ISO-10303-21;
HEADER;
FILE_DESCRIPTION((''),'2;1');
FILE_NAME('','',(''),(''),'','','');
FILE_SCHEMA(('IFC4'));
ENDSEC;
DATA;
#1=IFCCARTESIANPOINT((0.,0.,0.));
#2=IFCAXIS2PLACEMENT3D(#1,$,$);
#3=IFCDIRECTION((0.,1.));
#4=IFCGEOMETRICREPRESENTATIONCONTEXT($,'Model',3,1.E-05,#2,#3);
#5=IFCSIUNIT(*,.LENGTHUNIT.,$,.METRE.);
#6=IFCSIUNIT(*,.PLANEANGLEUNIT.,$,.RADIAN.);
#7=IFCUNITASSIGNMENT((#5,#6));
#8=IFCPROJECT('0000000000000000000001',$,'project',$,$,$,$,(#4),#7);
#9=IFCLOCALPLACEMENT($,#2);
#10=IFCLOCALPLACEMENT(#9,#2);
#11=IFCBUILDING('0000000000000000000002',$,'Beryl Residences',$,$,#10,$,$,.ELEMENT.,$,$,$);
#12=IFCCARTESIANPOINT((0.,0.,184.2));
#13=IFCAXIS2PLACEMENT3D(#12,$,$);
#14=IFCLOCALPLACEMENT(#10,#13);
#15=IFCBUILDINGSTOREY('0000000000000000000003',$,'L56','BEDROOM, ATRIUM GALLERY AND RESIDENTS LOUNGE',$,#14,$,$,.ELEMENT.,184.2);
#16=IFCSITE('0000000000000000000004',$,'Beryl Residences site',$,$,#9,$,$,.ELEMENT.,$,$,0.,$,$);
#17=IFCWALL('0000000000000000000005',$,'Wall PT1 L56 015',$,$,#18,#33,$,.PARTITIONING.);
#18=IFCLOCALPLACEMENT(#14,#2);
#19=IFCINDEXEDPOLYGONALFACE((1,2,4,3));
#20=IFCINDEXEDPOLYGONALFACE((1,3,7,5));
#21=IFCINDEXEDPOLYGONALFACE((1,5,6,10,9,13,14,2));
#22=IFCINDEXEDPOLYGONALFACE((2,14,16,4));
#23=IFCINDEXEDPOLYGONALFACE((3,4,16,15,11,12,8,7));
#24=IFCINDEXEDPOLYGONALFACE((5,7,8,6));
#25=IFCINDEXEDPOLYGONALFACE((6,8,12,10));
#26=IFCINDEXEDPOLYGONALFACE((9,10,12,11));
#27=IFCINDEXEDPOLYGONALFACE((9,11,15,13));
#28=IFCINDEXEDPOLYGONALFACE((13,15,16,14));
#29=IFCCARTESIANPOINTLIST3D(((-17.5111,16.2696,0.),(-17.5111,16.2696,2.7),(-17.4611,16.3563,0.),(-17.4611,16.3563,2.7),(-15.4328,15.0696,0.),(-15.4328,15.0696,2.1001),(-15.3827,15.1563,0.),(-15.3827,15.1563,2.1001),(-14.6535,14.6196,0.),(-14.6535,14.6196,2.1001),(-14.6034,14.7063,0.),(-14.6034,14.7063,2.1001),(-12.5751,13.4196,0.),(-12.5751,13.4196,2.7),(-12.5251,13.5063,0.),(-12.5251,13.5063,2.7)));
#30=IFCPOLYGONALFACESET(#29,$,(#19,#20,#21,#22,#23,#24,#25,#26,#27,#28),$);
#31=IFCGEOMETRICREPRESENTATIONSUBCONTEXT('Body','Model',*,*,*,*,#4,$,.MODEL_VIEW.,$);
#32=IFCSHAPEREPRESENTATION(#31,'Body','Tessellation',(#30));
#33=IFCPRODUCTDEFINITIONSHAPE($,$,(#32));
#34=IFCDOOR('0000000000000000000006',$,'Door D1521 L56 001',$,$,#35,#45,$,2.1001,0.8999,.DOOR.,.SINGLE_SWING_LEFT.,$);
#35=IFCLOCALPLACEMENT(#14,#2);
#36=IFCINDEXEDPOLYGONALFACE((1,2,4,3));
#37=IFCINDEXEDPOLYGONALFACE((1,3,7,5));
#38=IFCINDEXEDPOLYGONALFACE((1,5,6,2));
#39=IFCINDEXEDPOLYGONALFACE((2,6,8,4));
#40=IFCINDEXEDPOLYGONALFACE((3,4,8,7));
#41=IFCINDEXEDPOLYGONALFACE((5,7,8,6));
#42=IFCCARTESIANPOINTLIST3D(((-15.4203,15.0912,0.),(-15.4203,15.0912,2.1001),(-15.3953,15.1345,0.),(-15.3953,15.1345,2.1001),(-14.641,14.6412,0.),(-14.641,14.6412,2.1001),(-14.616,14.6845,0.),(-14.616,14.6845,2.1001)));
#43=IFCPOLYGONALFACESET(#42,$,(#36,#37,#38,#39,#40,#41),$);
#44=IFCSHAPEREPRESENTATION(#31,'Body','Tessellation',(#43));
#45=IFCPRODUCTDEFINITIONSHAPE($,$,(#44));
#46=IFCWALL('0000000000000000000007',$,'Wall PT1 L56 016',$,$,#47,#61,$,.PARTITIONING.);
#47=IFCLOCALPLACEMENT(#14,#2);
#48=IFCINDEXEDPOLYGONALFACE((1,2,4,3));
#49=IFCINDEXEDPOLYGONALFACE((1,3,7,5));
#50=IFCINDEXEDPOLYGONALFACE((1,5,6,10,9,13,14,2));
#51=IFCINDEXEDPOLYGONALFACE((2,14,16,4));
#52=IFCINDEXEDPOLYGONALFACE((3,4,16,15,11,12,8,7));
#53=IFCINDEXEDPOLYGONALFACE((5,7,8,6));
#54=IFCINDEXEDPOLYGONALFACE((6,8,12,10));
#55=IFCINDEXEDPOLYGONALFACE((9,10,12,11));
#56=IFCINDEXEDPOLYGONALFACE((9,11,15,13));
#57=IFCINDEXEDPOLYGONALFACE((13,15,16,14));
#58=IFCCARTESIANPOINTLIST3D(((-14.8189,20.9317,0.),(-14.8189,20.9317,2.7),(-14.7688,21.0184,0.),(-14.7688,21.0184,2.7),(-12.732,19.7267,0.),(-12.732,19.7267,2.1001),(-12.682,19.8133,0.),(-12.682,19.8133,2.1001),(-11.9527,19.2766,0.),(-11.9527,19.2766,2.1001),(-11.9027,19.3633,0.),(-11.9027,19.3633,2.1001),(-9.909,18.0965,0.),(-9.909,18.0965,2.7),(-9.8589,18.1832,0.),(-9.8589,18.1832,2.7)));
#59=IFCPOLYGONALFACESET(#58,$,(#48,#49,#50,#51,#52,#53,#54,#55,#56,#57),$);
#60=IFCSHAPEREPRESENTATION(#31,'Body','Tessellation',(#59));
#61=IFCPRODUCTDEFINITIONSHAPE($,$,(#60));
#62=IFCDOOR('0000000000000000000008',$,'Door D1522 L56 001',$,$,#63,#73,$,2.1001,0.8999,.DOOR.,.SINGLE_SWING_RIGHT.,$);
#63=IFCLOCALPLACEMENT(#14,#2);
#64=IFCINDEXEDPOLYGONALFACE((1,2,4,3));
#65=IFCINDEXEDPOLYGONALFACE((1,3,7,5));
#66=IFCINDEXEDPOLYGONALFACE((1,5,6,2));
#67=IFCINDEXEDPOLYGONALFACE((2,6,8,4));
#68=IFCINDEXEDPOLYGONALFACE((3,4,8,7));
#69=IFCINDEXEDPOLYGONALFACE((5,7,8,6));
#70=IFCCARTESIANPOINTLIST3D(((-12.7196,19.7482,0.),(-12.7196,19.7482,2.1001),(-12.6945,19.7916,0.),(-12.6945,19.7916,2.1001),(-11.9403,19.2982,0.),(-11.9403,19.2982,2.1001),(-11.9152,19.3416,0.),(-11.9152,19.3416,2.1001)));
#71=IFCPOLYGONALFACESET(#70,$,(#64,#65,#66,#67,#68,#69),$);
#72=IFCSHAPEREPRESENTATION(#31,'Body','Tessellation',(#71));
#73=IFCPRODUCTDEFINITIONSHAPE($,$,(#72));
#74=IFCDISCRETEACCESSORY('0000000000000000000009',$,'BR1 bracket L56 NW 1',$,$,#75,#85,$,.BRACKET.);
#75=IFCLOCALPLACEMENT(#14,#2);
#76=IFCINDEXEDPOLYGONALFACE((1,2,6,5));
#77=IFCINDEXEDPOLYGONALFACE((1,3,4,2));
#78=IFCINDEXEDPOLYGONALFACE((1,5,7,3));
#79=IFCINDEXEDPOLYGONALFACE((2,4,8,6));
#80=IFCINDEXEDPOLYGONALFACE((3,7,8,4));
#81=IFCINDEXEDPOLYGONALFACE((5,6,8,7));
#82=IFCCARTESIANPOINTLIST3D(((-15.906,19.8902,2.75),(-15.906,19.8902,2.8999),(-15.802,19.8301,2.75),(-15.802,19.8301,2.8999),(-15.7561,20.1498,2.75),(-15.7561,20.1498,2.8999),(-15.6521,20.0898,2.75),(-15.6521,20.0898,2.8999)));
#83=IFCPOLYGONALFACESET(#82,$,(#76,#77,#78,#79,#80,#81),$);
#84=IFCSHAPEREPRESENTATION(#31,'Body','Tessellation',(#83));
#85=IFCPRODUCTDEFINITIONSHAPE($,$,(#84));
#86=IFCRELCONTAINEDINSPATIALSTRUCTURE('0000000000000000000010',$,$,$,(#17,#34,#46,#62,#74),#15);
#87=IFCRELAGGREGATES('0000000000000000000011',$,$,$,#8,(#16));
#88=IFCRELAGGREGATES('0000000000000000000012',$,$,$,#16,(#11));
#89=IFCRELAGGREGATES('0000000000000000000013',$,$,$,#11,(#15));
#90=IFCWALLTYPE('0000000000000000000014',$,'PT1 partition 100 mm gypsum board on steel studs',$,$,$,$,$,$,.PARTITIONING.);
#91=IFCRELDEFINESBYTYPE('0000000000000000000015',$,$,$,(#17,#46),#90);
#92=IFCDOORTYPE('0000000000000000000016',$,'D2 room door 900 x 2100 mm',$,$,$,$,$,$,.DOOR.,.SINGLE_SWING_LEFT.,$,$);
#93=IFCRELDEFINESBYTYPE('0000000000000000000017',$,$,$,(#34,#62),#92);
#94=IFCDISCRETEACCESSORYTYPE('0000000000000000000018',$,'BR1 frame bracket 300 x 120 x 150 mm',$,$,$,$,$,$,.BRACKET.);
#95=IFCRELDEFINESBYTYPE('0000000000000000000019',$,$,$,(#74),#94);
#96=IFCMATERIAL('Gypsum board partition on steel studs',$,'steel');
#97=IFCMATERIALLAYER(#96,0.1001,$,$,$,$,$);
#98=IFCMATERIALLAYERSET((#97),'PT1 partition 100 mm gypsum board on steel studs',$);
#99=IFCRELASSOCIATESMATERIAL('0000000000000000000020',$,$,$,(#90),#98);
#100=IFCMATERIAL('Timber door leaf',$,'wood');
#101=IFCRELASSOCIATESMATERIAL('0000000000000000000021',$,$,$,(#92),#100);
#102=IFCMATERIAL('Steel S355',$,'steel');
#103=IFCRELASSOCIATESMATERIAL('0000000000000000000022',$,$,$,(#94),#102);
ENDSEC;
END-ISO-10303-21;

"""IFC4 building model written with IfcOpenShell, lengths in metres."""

from ifc_helpers import new_model, si_unit, direction, frame, frame_2d, origin, place, context, subcontext, project, spatial, polyline, rectangle, outline, extrude, source, transform, mapped, material, layer, layer_set, type_object, type_shapes, element, fill, save


model = new_model("IFC4")

# Units and contexts
model_context = context("Model", 3, precision=1e-05, world=origin(), true_north=direction((0.0, 1.0)))
body_context = subcontext(model_context, "Body", "Model", "MODEL_VIEW")
ifc_project = project(units=[si_unit("LENGTHUNIT", "METRE"), si_unit("PLANEANGLEUNIT", "RADIAN")], contexts=[model_context])

# Site, building, storey
site_placement = place(None, origin())
site = spatial("IfcSite", under=ifc_project, at=site_placement, Name="Beryl Residences site", CompositionType="ELEMENT", RefElevation=0.0)
building_placement = place(site_placement, origin())
building = spatial("IfcBuilding", under=site, at=building_placement, Name="Beryl Residences", CompositionType="ELEMENT")
storey_placement = place(building_placement, frame((0.0, 0.0, 184.2)))
storey = spatial("IfcBuildingStorey", under=building, at=storey_placement, Name="L56", Description="BEDROOM, ATRIUM GALLERY AND RESIDENTS LOUNGE", CompositionType="ELEMENT", Elevation=184.2)

# Walls, openings, doors
ifc_material_1 = material(Name="Gypsum board partition on steel studs", Category="steel")
ifc_layer_1 = layer(ifc_material_1, 0.1001)
ifc_layer_set_1 = layer_set([ifc_layer_1], Name="PT1 partition 100 mm gypsum board on steel studs")
wall_type_1 = type_object("IfcWallType", Name="PT1 partition 100 mm gypsum board on steel studs", PredefinedType="PARTITIONING", material=ifc_layer_set_1)
wall_1_placement = place(storey_placement, frame((-17.4861, 16.313, 0.0), z_axis=(0.0, 0.0, 1.0), x_axis=(0.866004, -0.500036, 0.0)))
wall_1 = element("IfcWall", 1, at=wall_1_placement, inside=storey, type_object=wall_type_1, Name="Wall PT1 L56 015", PredefinedType="PARTITIONING", context=body_context, shape_type="SweptSolid", body=[
    extrude(rectangle(XDim=5.6997, YDim=0.1001, at=frame_2d((2.8499, 0.0))), origin(), (0.0, 0.0, 1.0), 2.7),
])
opening_1_placement = place(wall_1_placement, frame((2.3999, 0.0, 0.0)))
opening_1 = element("IfcOpeningElement", 2, at=opening_1_placement, cuts=wall_1, PredefinedType="OPENING", context=body_context, shape_type="SweptSolid", body=[
    extrude(rectangle(XDim=0.8999, YDim=2.1001, at=frame_2d((0.45, 1.05))), frame((0.0, 0.0601, 0.0), z_axis=(0.0, -1.0, 0.0), x_axis=(1.0, 0.0, 0.0)), (0.0, 0.0, 1.0), 0.1201),
])
ifc_material_2 = material(Name="Timber door leaf", Category="wood")
door_type = type_object("IfcDoorType", Name="D2 room door 900 x 2100 mm", OperationType="SINGLE_SWING_LEFT", PredefinedType="DOOR", material=ifc_material_2)
door_1_placement = place(opening_1_placement, origin())
door_1 = element("IfcDoor", 3, at=door_1_placement, inside=storey, type_object=door_type, Name="Door D1521 L56 001", OperationType="SINGLE_SWING_LEFT", OverallHeight=2.1001, OverallWidth=0.8999, PredefinedType="DOOR", context=body_context, shape_type="SweptSolid", body=[
    extrude(rectangle(XDim=0.8999, YDim=2.1001, at=frame_2d((0.45, 1.05))), frame((0.0, 0.0249, 0.0), z_axis=(0.0, -1.0, 0.0), x_axis=(1.0, 0.0, 0.0)), (0.0, 0.0, 1.0), 0.05),
])
fill(opening_1, door_1)
wall_2_placement = place(storey_placement, frame((-14.7939, 20.9751, 0.0), z_axis=(0.0, 0.0, 1.0), x_axis=(0.86599, -0.500062, 0.0)))
wall_2 = element("IfcWall", 4, at=wall_2_placement, inside=storey, type_object=wall_type_1, Name="Wall PT1 L56 016", PredefinedType="PARTITIONING", context=body_context, shape_type="SweptSolid", body=[
    extrude(rectangle(XDim=5.6697, YDim=0.1001, at=frame_2d((2.835, 0.0))), origin(), (0.0, 0.0, 1.0), 2.7),
])
opening_2_placement = place(wall_2_placement, frame((2.4099, 0.0, 0.0)))
opening_2 = element("IfcOpeningElement", 5, at=opening_2_placement, cuts=wall_2, PredefinedType="OPENING", context=body_context, shape_type="SweptSolid", body=[
    extrude(rectangle(XDim=0.8999, YDim=2.1001, at=frame_2d((0.45, 1.05))), frame((0.0, 0.0601, 0.0), z_axis=(0.0, -1.0, 0.0), x_axis=(1.0, 0.0, 0.0)), (0.0, 0.0, 1.0), 0.1201),
])
door_2_placement = place(opening_2_placement, origin())
door_2 = element("IfcDoor", 6, at=door_2_placement, inside=storey, type_object=door_type, Name="Door D1522 L56 001", OperationType="SINGLE_SWING_RIGHT", OverallHeight=2.1001, OverallWidth=0.8999, PredefinedType="DOOR", context=body_context, shape_type="SweptSolid", body=[
    extrude(rectangle(XDim=0.8999, YDim=2.1001, at=frame_2d((0.45, 1.05))), frame((0.0, 0.0249, 0.0), z_axis=(0.0, -1.0, 0.0), x_axis=(1.0, 0.0, 0.0)), (0.0, 0.0, 1.0), 0.05),
])
fill(opening_2, door_2)

# Discrete accessory
ifc_material_3 = material(Name="Steel S355", Category="steel")
discrete_accessory_type = type_object("IfcDiscreteAccessoryType", Name="BR1 frame bracket 300 x 120 x 150 mm", PredefinedType="BRACKET", material=ifc_material_3)
shared_shape_1 = source(origin(), body_context, "Body", "SweptSolid", [
    extrude(outline(polyline([(-0.1499, 0.0), (0.1499, 0.0), (0.1499, 0.1201), (-0.1499, 0.1201), (-0.1499, 0.0)])), origin(), (0.0, 0.0, 1.0), 0.1499),
])
type_shapes(discrete_accessory_type, [shared_shape_1])
discrete_accessory_placement = place(storey_placement, frame((-15.7271, 19.96, 2.75), z_axis=(0.0, 0.0, 1.0), x_axis=(0.5, 0.866025, 0.0)))
element("IfcDiscreteAccessory", 7, at=discrete_accessory_placement, inside=storey, type_object=discrete_accessory_type, Name="BR1 bracket L56 NW 1", PredefinedType="BRACKET", context=body_context, shape_type="MappedRepresentation", body=[
    mapped(shared_shape_1, transform((0.0, 0.0, 0.0))),
])

save(model, "model.ifc")
